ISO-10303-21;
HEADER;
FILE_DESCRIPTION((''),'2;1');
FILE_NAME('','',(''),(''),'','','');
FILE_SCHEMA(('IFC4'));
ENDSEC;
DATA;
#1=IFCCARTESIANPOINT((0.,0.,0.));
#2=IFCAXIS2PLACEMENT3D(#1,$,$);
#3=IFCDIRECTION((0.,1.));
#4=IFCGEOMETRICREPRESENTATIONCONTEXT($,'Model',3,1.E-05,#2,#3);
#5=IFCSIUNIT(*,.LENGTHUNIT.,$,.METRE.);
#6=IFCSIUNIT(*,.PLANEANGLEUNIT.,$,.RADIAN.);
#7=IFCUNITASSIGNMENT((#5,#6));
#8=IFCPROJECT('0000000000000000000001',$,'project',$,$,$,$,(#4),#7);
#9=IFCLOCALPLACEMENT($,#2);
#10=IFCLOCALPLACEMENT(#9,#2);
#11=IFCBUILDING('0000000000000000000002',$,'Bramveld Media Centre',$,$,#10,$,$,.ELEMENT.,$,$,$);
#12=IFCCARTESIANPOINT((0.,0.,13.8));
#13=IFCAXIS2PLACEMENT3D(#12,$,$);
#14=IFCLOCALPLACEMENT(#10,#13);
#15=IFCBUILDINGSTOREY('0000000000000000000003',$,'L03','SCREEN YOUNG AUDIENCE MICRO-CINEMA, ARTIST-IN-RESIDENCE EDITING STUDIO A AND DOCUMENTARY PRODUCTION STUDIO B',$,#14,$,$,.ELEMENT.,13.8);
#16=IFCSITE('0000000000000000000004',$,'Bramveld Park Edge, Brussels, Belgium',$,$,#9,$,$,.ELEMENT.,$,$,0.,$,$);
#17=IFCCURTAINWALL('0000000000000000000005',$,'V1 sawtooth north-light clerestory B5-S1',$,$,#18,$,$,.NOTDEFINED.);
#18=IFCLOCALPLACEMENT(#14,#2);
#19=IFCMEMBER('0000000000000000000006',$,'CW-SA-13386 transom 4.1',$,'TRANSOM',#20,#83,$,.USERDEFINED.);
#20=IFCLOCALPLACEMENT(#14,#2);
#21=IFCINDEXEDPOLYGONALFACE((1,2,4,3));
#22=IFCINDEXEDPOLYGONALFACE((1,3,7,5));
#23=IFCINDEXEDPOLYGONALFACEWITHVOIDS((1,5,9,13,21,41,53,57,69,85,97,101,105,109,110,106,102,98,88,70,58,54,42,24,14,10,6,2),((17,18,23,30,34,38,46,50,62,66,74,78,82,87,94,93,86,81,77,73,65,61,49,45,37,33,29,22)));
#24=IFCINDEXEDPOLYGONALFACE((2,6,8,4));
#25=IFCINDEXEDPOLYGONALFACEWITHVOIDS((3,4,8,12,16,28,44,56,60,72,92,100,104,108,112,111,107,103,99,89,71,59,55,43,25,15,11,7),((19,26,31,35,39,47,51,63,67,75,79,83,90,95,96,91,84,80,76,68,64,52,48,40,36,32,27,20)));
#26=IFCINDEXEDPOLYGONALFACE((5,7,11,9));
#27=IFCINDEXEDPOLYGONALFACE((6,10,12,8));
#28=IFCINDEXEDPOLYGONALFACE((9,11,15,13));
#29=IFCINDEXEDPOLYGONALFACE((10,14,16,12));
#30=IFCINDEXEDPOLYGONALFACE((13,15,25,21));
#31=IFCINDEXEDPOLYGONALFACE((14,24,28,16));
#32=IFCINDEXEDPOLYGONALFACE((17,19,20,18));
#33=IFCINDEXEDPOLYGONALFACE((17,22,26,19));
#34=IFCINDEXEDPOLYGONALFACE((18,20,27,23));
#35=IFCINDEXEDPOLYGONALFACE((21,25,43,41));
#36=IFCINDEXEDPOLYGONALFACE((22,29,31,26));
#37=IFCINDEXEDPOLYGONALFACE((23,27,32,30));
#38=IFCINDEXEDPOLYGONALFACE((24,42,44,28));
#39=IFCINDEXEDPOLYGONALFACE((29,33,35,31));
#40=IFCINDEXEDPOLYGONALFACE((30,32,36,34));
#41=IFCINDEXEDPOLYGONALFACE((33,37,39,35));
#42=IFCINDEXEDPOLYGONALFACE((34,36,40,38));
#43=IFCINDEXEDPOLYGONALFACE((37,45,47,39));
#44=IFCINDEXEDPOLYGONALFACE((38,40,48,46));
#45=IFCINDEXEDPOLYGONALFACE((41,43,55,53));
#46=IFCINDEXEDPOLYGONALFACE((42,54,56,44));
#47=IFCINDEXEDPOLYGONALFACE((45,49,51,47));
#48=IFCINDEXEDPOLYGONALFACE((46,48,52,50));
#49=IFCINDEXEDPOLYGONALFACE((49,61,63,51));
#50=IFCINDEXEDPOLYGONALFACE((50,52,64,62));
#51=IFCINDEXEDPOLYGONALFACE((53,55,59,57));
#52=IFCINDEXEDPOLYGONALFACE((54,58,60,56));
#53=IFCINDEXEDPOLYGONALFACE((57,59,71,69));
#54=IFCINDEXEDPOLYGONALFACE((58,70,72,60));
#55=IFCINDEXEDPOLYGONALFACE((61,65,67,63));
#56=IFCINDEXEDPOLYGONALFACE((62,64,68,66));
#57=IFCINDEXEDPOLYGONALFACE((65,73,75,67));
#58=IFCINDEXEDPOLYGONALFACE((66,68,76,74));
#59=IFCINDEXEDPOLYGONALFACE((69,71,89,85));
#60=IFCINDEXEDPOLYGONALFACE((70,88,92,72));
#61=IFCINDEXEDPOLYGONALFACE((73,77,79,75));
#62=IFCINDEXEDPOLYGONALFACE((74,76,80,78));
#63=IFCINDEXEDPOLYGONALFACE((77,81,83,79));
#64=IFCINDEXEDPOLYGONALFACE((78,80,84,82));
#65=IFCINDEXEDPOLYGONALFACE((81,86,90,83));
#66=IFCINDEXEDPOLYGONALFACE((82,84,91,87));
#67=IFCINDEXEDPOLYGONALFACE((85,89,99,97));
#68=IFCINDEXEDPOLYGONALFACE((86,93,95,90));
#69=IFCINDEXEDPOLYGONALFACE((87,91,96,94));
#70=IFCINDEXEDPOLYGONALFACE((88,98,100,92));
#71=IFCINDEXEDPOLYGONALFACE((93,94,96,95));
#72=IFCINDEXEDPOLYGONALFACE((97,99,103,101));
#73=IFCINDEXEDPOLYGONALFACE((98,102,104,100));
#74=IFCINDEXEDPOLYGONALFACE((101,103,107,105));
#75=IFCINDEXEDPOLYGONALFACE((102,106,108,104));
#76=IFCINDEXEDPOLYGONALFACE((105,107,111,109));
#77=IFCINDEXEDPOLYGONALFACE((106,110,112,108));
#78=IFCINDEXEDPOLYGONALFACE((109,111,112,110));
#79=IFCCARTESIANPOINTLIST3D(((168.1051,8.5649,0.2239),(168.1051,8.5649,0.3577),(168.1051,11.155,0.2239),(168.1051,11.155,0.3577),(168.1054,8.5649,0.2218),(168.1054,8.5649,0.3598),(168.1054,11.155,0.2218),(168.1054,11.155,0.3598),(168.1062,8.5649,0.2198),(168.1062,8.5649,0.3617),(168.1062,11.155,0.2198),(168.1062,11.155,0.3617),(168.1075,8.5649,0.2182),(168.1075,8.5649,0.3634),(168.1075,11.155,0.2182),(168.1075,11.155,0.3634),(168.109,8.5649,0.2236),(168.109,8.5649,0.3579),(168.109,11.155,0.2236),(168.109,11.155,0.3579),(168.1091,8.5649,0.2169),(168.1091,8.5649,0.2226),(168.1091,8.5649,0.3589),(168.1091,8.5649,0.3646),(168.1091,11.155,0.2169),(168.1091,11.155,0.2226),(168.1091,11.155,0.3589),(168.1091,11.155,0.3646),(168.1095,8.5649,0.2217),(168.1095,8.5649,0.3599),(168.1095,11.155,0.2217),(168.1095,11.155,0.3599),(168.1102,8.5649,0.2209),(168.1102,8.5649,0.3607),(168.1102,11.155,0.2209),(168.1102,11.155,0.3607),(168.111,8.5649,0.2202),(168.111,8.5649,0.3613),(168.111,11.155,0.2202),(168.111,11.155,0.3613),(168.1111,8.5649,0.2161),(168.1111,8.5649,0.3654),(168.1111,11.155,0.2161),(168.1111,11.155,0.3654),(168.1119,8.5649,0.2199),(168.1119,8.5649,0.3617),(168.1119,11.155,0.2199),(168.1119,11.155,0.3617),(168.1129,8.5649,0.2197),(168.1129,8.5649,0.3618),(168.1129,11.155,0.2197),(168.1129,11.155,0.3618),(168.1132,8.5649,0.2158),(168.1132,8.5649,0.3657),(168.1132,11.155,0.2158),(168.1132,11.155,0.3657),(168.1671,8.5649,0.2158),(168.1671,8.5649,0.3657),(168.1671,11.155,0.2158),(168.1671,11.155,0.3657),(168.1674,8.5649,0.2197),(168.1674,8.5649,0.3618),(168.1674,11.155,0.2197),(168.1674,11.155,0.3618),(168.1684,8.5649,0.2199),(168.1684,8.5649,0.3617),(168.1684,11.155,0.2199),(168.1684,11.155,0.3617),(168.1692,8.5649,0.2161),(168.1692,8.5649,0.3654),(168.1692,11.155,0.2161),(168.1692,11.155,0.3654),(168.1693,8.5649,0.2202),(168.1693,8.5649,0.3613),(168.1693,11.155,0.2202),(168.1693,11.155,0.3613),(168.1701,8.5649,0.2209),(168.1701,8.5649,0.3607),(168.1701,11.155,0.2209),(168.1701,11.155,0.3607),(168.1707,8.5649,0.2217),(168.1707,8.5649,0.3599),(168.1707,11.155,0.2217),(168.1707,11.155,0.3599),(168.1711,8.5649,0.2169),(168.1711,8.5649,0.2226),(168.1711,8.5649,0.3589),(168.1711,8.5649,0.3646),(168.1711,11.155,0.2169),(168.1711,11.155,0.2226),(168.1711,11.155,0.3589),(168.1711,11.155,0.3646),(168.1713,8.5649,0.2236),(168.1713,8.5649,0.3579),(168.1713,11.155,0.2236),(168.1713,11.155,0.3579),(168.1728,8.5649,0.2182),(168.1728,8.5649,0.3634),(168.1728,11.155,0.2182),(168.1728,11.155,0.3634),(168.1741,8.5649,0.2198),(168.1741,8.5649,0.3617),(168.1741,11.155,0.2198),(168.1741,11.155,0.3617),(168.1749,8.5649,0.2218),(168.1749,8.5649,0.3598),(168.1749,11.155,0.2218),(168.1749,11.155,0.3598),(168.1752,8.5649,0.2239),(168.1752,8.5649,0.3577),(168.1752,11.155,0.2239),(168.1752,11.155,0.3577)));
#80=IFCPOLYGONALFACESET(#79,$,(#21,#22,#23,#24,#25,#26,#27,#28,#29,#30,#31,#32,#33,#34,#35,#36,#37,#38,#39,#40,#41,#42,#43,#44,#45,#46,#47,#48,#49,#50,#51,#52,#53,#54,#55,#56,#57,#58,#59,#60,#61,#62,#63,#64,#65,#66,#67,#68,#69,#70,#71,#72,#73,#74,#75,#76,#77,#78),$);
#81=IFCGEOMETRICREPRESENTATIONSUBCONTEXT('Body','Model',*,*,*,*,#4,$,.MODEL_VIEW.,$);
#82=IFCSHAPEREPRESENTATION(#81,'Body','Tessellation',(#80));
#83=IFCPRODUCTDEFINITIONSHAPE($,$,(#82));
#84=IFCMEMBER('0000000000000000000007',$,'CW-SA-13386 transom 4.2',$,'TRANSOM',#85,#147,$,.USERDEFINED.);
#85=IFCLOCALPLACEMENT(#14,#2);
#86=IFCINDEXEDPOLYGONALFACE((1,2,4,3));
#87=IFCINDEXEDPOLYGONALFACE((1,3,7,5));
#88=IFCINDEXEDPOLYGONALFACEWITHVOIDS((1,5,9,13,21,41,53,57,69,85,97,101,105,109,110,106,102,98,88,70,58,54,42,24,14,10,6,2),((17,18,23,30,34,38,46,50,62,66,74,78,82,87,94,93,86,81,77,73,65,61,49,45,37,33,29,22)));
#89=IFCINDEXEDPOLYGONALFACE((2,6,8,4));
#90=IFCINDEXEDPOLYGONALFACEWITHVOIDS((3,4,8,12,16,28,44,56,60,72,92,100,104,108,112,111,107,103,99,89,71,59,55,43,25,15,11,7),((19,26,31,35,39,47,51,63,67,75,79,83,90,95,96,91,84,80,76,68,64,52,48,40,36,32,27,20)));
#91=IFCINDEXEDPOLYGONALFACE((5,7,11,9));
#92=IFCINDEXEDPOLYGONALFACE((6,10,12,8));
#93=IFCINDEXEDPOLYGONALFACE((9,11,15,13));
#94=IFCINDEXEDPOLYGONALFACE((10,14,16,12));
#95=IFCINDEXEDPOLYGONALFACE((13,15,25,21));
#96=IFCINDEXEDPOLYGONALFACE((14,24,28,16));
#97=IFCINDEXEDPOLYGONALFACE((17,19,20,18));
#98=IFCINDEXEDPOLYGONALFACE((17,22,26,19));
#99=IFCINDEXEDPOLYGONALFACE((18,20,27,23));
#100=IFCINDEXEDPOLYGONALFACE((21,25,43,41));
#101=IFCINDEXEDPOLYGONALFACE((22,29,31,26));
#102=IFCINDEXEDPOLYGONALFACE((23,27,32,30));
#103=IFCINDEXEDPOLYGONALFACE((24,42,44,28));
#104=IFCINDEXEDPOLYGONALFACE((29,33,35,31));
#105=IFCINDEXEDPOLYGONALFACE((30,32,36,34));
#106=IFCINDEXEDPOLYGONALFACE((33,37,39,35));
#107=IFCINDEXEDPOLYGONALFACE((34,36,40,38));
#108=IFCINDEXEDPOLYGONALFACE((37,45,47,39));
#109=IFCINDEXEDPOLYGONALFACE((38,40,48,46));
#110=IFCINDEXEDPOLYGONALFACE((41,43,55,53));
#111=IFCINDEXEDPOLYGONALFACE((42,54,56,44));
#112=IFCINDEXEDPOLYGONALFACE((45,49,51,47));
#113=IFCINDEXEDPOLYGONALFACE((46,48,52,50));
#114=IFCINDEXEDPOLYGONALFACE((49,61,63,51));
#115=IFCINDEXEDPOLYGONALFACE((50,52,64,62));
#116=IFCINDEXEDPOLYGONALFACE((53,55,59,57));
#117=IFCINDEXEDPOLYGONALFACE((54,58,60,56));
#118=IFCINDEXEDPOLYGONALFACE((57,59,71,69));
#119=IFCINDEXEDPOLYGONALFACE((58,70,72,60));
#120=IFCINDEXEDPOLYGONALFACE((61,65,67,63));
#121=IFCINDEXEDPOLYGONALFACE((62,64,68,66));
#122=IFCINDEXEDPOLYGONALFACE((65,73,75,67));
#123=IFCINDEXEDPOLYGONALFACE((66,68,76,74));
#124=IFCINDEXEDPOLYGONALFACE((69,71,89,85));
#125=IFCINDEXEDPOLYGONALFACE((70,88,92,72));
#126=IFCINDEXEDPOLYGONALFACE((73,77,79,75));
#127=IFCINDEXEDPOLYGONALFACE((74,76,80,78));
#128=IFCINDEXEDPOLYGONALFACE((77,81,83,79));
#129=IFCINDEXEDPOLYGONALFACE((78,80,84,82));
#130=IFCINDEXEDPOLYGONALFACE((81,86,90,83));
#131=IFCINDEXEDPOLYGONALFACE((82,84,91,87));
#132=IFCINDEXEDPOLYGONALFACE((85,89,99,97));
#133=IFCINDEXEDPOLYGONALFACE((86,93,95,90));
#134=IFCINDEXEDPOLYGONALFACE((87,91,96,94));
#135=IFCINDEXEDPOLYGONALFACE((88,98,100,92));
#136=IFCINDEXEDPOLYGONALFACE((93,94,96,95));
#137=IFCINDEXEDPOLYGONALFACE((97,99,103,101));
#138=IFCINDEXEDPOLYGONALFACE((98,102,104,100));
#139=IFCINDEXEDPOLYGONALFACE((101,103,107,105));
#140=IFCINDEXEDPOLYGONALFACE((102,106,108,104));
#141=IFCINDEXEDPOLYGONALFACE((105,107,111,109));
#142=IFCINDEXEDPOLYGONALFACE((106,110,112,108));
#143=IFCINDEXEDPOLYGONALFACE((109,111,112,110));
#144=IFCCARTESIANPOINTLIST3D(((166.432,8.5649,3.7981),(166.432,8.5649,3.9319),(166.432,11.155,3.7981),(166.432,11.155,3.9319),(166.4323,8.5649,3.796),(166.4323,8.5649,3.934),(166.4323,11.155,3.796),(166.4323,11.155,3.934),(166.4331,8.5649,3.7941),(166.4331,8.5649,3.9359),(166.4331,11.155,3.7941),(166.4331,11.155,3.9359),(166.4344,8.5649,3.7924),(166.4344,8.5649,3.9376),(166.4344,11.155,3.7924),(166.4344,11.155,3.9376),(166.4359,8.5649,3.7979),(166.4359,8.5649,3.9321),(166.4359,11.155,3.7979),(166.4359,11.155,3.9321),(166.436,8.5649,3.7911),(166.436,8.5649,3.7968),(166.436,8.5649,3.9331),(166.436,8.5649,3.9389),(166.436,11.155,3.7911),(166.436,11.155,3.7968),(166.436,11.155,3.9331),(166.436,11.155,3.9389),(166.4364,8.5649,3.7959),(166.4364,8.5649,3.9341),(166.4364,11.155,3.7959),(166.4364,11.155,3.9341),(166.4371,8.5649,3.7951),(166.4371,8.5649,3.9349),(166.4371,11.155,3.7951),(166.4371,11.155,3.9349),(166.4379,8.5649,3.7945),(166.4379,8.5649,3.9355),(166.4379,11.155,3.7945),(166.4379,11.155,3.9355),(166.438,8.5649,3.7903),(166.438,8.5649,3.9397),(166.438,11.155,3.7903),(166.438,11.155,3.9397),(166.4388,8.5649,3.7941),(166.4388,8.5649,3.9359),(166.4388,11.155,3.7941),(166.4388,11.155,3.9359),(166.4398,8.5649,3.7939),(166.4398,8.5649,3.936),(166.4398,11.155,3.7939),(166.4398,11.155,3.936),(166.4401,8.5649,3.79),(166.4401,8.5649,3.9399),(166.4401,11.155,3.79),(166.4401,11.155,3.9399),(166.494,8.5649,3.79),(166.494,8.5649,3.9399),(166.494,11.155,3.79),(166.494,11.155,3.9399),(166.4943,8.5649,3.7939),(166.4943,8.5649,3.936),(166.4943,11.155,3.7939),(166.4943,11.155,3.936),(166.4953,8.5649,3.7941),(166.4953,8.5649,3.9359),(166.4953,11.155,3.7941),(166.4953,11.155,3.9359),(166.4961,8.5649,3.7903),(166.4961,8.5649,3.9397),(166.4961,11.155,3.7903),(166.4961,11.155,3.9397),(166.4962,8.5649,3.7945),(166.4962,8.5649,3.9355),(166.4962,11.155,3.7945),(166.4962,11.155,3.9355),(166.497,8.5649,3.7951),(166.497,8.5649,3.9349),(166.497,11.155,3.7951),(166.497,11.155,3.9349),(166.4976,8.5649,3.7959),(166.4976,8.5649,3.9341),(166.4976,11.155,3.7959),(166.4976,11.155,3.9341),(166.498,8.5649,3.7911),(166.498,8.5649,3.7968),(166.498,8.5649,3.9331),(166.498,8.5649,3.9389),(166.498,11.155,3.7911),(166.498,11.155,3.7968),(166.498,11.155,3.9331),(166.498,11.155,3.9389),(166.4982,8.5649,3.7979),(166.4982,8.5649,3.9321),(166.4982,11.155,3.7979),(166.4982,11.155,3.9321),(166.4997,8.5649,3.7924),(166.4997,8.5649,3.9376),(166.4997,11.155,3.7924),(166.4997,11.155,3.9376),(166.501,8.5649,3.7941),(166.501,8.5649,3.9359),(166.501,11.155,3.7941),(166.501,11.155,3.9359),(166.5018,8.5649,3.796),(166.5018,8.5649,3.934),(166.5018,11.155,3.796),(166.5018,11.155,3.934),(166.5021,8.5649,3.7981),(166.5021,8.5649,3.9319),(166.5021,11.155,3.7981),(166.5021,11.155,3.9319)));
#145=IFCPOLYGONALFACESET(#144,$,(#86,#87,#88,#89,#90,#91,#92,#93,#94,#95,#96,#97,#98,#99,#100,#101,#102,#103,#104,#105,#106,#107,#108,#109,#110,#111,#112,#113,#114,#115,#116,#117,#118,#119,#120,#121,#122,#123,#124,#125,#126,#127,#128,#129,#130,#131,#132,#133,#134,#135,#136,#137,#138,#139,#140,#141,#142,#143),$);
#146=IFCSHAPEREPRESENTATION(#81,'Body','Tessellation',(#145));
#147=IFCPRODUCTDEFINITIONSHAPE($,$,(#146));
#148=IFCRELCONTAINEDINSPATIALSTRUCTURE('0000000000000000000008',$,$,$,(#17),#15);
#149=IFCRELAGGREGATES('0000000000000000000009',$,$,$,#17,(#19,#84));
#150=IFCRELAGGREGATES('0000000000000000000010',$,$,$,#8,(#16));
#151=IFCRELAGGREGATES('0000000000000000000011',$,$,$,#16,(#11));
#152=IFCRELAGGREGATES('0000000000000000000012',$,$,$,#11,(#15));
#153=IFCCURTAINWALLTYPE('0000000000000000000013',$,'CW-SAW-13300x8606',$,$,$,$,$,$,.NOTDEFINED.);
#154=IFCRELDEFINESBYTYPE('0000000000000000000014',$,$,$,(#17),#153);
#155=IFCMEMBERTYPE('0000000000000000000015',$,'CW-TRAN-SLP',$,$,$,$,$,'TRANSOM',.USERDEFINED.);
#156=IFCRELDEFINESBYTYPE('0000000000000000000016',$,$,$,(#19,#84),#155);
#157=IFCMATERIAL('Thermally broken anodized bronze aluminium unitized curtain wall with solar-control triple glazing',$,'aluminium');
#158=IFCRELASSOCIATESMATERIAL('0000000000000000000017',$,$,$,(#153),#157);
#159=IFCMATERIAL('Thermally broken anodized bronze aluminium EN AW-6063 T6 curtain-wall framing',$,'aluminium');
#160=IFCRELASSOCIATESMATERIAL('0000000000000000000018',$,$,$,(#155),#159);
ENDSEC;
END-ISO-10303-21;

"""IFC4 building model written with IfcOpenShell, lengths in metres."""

from ifc_helpers import new_model, si_unit, direction, frame, origin, origin_2d, place, context, subcontext, project, spatial, hollow_rectangle, extrude, material, material_profile, profile_set, type_object, element, aggregate, save


model = new_model("IFC4")

# Units and contexts
model_context = context("Model", 3, precision=1e-05, world=origin(), true_north=direction((0.0, 1.0)))
body_context = subcontext(model_context, "Body", "Model", "MODEL_VIEW")
ifc_project = project(units=[si_unit("LENGTHUNIT", "METRE"), si_unit("PLANEANGLEUNIT", "RADIAN")], contexts=[model_context])

# Site, building, storey
site_placement = place(None, origin())
site = spatial("IfcSite", under=ifc_project, at=site_placement, Name="Bramveld Park Edge, Brussels, Belgium", CompositionType="ELEMENT", RefElevation=0.0)
building_placement = place(site_placement, origin())
building = spatial("IfcBuilding", under=site, at=building_placement, Name="Bramveld Media Centre", CompositionType="ELEMENT")
storey_placement = place(building_placement, frame((0.0, 0.0, 13.8)))
storey = spatial("IfcBuildingStorey", under=building, at=storey_placement, Name="L03", Description="SCREEN YOUNG AUDIENCE MICRO-CINEMA, ARTIST-IN-RESIDENCE EDITING STUDIO A AND DOCUMENTARY PRODUCTION STUDIO B", CompositionType="ELEMENT", Elevation=13.8)

# Curtain wall, members
ifc_material_1 = material(Name="Thermally broken anodized bronze aluminium unitized curtain wall with solar-control triple glazing", Category="aluminium")
curtain_wall_type = type_object("IfcCurtainWallType", Name="CW-SAW-13300x8606", PredefinedType="NOTDEFINED", material=ifc_material_1)
curtain_wall_placement = place(storey_placement, origin())
curtain_wall = element("IfcCurtainWall", 1, at=curtain_wall_placement, inside=storey, type_object=curtain_wall_type, Name="V1 sawtooth north-light clerestory B5-S1", PredefinedType="NOTDEFINED")
ifc_material_2 = material(Name="Thermally broken anodized bronze aluminium EN AW-6063 T6 curtain-wall framing", Category="aluminium")
ifc_material_profile_1 = material_profile(ifc_material_2, hollow_rectangle(XDim=0.0701, YDim=0.1499, WallThickness=0.0039, InnerFilletRadius=0.0039, OuterFilletRadius=0.0081, at=origin_2d()), Name="AL-TRAN 70x150")
ifc_profile_set_1 = profile_set([ifc_material_profile_1], Name="Thermally broken anodized bronze aluminium EN AW-6063 T6 curtain-wall framing")
member_type_1 = type_object("IfcMemberType", Name="CW-TRAN-SLP", ElementType="TRANSOM", PredefinedType="USERDEFINED", material=ifc_profile_set_1)
member_1_placement = place(storey_placement, frame((168.1401, 8.5649, 0.2908), z_axis=(0.0, 1.0, 0.0), x_axis=(-1.0, 0.0, 0.0)))
member_1 = element("IfcMember", 2, at=member_1_placement, type_object=member_type_1, Name="CW-SA-13386 transom 4.1", ObjectType="TRANSOM", PredefinedType="USERDEFINED", context=body_context, shape_type="SweptSolid", body=[
    extrude(hollow_rectangle(XDim=0.0701, YDim=0.1499, WallThickness=0.0039, InnerFilletRadius=0.0039, OuterFilletRadius=0.0081, at=origin_2d()), origin(), (0.0, 0.0, 1.0), 2.5901),
])
member_2_placement = place(storey_placement, frame((166.467, 8.5649, 3.865), z_axis=(0.0, 1.0, 0.0), x_axis=(-1.0, 0.0, 0.0)))
member_2 = element("IfcMember", 3, at=member_2_placement, type_object=member_type_1, Name="CW-SA-13386 transom 4.2", ObjectType="TRANSOM", PredefinedType="USERDEFINED", context=body_context, shape_type="SweptSolid", body=[
    extrude(hollow_rectangle(XDim=0.0701, YDim=0.1499, WallThickness=0.0039, InnerFilletRadius=0.0039, OuterFilletRadius=0.0081, at=origin_2d()), origin(), (0.0, 0.0, 1.0), 2.5901),
])
aggregate(curtain_wall, [member_1, member_2])

save(model, "model.ifc")
